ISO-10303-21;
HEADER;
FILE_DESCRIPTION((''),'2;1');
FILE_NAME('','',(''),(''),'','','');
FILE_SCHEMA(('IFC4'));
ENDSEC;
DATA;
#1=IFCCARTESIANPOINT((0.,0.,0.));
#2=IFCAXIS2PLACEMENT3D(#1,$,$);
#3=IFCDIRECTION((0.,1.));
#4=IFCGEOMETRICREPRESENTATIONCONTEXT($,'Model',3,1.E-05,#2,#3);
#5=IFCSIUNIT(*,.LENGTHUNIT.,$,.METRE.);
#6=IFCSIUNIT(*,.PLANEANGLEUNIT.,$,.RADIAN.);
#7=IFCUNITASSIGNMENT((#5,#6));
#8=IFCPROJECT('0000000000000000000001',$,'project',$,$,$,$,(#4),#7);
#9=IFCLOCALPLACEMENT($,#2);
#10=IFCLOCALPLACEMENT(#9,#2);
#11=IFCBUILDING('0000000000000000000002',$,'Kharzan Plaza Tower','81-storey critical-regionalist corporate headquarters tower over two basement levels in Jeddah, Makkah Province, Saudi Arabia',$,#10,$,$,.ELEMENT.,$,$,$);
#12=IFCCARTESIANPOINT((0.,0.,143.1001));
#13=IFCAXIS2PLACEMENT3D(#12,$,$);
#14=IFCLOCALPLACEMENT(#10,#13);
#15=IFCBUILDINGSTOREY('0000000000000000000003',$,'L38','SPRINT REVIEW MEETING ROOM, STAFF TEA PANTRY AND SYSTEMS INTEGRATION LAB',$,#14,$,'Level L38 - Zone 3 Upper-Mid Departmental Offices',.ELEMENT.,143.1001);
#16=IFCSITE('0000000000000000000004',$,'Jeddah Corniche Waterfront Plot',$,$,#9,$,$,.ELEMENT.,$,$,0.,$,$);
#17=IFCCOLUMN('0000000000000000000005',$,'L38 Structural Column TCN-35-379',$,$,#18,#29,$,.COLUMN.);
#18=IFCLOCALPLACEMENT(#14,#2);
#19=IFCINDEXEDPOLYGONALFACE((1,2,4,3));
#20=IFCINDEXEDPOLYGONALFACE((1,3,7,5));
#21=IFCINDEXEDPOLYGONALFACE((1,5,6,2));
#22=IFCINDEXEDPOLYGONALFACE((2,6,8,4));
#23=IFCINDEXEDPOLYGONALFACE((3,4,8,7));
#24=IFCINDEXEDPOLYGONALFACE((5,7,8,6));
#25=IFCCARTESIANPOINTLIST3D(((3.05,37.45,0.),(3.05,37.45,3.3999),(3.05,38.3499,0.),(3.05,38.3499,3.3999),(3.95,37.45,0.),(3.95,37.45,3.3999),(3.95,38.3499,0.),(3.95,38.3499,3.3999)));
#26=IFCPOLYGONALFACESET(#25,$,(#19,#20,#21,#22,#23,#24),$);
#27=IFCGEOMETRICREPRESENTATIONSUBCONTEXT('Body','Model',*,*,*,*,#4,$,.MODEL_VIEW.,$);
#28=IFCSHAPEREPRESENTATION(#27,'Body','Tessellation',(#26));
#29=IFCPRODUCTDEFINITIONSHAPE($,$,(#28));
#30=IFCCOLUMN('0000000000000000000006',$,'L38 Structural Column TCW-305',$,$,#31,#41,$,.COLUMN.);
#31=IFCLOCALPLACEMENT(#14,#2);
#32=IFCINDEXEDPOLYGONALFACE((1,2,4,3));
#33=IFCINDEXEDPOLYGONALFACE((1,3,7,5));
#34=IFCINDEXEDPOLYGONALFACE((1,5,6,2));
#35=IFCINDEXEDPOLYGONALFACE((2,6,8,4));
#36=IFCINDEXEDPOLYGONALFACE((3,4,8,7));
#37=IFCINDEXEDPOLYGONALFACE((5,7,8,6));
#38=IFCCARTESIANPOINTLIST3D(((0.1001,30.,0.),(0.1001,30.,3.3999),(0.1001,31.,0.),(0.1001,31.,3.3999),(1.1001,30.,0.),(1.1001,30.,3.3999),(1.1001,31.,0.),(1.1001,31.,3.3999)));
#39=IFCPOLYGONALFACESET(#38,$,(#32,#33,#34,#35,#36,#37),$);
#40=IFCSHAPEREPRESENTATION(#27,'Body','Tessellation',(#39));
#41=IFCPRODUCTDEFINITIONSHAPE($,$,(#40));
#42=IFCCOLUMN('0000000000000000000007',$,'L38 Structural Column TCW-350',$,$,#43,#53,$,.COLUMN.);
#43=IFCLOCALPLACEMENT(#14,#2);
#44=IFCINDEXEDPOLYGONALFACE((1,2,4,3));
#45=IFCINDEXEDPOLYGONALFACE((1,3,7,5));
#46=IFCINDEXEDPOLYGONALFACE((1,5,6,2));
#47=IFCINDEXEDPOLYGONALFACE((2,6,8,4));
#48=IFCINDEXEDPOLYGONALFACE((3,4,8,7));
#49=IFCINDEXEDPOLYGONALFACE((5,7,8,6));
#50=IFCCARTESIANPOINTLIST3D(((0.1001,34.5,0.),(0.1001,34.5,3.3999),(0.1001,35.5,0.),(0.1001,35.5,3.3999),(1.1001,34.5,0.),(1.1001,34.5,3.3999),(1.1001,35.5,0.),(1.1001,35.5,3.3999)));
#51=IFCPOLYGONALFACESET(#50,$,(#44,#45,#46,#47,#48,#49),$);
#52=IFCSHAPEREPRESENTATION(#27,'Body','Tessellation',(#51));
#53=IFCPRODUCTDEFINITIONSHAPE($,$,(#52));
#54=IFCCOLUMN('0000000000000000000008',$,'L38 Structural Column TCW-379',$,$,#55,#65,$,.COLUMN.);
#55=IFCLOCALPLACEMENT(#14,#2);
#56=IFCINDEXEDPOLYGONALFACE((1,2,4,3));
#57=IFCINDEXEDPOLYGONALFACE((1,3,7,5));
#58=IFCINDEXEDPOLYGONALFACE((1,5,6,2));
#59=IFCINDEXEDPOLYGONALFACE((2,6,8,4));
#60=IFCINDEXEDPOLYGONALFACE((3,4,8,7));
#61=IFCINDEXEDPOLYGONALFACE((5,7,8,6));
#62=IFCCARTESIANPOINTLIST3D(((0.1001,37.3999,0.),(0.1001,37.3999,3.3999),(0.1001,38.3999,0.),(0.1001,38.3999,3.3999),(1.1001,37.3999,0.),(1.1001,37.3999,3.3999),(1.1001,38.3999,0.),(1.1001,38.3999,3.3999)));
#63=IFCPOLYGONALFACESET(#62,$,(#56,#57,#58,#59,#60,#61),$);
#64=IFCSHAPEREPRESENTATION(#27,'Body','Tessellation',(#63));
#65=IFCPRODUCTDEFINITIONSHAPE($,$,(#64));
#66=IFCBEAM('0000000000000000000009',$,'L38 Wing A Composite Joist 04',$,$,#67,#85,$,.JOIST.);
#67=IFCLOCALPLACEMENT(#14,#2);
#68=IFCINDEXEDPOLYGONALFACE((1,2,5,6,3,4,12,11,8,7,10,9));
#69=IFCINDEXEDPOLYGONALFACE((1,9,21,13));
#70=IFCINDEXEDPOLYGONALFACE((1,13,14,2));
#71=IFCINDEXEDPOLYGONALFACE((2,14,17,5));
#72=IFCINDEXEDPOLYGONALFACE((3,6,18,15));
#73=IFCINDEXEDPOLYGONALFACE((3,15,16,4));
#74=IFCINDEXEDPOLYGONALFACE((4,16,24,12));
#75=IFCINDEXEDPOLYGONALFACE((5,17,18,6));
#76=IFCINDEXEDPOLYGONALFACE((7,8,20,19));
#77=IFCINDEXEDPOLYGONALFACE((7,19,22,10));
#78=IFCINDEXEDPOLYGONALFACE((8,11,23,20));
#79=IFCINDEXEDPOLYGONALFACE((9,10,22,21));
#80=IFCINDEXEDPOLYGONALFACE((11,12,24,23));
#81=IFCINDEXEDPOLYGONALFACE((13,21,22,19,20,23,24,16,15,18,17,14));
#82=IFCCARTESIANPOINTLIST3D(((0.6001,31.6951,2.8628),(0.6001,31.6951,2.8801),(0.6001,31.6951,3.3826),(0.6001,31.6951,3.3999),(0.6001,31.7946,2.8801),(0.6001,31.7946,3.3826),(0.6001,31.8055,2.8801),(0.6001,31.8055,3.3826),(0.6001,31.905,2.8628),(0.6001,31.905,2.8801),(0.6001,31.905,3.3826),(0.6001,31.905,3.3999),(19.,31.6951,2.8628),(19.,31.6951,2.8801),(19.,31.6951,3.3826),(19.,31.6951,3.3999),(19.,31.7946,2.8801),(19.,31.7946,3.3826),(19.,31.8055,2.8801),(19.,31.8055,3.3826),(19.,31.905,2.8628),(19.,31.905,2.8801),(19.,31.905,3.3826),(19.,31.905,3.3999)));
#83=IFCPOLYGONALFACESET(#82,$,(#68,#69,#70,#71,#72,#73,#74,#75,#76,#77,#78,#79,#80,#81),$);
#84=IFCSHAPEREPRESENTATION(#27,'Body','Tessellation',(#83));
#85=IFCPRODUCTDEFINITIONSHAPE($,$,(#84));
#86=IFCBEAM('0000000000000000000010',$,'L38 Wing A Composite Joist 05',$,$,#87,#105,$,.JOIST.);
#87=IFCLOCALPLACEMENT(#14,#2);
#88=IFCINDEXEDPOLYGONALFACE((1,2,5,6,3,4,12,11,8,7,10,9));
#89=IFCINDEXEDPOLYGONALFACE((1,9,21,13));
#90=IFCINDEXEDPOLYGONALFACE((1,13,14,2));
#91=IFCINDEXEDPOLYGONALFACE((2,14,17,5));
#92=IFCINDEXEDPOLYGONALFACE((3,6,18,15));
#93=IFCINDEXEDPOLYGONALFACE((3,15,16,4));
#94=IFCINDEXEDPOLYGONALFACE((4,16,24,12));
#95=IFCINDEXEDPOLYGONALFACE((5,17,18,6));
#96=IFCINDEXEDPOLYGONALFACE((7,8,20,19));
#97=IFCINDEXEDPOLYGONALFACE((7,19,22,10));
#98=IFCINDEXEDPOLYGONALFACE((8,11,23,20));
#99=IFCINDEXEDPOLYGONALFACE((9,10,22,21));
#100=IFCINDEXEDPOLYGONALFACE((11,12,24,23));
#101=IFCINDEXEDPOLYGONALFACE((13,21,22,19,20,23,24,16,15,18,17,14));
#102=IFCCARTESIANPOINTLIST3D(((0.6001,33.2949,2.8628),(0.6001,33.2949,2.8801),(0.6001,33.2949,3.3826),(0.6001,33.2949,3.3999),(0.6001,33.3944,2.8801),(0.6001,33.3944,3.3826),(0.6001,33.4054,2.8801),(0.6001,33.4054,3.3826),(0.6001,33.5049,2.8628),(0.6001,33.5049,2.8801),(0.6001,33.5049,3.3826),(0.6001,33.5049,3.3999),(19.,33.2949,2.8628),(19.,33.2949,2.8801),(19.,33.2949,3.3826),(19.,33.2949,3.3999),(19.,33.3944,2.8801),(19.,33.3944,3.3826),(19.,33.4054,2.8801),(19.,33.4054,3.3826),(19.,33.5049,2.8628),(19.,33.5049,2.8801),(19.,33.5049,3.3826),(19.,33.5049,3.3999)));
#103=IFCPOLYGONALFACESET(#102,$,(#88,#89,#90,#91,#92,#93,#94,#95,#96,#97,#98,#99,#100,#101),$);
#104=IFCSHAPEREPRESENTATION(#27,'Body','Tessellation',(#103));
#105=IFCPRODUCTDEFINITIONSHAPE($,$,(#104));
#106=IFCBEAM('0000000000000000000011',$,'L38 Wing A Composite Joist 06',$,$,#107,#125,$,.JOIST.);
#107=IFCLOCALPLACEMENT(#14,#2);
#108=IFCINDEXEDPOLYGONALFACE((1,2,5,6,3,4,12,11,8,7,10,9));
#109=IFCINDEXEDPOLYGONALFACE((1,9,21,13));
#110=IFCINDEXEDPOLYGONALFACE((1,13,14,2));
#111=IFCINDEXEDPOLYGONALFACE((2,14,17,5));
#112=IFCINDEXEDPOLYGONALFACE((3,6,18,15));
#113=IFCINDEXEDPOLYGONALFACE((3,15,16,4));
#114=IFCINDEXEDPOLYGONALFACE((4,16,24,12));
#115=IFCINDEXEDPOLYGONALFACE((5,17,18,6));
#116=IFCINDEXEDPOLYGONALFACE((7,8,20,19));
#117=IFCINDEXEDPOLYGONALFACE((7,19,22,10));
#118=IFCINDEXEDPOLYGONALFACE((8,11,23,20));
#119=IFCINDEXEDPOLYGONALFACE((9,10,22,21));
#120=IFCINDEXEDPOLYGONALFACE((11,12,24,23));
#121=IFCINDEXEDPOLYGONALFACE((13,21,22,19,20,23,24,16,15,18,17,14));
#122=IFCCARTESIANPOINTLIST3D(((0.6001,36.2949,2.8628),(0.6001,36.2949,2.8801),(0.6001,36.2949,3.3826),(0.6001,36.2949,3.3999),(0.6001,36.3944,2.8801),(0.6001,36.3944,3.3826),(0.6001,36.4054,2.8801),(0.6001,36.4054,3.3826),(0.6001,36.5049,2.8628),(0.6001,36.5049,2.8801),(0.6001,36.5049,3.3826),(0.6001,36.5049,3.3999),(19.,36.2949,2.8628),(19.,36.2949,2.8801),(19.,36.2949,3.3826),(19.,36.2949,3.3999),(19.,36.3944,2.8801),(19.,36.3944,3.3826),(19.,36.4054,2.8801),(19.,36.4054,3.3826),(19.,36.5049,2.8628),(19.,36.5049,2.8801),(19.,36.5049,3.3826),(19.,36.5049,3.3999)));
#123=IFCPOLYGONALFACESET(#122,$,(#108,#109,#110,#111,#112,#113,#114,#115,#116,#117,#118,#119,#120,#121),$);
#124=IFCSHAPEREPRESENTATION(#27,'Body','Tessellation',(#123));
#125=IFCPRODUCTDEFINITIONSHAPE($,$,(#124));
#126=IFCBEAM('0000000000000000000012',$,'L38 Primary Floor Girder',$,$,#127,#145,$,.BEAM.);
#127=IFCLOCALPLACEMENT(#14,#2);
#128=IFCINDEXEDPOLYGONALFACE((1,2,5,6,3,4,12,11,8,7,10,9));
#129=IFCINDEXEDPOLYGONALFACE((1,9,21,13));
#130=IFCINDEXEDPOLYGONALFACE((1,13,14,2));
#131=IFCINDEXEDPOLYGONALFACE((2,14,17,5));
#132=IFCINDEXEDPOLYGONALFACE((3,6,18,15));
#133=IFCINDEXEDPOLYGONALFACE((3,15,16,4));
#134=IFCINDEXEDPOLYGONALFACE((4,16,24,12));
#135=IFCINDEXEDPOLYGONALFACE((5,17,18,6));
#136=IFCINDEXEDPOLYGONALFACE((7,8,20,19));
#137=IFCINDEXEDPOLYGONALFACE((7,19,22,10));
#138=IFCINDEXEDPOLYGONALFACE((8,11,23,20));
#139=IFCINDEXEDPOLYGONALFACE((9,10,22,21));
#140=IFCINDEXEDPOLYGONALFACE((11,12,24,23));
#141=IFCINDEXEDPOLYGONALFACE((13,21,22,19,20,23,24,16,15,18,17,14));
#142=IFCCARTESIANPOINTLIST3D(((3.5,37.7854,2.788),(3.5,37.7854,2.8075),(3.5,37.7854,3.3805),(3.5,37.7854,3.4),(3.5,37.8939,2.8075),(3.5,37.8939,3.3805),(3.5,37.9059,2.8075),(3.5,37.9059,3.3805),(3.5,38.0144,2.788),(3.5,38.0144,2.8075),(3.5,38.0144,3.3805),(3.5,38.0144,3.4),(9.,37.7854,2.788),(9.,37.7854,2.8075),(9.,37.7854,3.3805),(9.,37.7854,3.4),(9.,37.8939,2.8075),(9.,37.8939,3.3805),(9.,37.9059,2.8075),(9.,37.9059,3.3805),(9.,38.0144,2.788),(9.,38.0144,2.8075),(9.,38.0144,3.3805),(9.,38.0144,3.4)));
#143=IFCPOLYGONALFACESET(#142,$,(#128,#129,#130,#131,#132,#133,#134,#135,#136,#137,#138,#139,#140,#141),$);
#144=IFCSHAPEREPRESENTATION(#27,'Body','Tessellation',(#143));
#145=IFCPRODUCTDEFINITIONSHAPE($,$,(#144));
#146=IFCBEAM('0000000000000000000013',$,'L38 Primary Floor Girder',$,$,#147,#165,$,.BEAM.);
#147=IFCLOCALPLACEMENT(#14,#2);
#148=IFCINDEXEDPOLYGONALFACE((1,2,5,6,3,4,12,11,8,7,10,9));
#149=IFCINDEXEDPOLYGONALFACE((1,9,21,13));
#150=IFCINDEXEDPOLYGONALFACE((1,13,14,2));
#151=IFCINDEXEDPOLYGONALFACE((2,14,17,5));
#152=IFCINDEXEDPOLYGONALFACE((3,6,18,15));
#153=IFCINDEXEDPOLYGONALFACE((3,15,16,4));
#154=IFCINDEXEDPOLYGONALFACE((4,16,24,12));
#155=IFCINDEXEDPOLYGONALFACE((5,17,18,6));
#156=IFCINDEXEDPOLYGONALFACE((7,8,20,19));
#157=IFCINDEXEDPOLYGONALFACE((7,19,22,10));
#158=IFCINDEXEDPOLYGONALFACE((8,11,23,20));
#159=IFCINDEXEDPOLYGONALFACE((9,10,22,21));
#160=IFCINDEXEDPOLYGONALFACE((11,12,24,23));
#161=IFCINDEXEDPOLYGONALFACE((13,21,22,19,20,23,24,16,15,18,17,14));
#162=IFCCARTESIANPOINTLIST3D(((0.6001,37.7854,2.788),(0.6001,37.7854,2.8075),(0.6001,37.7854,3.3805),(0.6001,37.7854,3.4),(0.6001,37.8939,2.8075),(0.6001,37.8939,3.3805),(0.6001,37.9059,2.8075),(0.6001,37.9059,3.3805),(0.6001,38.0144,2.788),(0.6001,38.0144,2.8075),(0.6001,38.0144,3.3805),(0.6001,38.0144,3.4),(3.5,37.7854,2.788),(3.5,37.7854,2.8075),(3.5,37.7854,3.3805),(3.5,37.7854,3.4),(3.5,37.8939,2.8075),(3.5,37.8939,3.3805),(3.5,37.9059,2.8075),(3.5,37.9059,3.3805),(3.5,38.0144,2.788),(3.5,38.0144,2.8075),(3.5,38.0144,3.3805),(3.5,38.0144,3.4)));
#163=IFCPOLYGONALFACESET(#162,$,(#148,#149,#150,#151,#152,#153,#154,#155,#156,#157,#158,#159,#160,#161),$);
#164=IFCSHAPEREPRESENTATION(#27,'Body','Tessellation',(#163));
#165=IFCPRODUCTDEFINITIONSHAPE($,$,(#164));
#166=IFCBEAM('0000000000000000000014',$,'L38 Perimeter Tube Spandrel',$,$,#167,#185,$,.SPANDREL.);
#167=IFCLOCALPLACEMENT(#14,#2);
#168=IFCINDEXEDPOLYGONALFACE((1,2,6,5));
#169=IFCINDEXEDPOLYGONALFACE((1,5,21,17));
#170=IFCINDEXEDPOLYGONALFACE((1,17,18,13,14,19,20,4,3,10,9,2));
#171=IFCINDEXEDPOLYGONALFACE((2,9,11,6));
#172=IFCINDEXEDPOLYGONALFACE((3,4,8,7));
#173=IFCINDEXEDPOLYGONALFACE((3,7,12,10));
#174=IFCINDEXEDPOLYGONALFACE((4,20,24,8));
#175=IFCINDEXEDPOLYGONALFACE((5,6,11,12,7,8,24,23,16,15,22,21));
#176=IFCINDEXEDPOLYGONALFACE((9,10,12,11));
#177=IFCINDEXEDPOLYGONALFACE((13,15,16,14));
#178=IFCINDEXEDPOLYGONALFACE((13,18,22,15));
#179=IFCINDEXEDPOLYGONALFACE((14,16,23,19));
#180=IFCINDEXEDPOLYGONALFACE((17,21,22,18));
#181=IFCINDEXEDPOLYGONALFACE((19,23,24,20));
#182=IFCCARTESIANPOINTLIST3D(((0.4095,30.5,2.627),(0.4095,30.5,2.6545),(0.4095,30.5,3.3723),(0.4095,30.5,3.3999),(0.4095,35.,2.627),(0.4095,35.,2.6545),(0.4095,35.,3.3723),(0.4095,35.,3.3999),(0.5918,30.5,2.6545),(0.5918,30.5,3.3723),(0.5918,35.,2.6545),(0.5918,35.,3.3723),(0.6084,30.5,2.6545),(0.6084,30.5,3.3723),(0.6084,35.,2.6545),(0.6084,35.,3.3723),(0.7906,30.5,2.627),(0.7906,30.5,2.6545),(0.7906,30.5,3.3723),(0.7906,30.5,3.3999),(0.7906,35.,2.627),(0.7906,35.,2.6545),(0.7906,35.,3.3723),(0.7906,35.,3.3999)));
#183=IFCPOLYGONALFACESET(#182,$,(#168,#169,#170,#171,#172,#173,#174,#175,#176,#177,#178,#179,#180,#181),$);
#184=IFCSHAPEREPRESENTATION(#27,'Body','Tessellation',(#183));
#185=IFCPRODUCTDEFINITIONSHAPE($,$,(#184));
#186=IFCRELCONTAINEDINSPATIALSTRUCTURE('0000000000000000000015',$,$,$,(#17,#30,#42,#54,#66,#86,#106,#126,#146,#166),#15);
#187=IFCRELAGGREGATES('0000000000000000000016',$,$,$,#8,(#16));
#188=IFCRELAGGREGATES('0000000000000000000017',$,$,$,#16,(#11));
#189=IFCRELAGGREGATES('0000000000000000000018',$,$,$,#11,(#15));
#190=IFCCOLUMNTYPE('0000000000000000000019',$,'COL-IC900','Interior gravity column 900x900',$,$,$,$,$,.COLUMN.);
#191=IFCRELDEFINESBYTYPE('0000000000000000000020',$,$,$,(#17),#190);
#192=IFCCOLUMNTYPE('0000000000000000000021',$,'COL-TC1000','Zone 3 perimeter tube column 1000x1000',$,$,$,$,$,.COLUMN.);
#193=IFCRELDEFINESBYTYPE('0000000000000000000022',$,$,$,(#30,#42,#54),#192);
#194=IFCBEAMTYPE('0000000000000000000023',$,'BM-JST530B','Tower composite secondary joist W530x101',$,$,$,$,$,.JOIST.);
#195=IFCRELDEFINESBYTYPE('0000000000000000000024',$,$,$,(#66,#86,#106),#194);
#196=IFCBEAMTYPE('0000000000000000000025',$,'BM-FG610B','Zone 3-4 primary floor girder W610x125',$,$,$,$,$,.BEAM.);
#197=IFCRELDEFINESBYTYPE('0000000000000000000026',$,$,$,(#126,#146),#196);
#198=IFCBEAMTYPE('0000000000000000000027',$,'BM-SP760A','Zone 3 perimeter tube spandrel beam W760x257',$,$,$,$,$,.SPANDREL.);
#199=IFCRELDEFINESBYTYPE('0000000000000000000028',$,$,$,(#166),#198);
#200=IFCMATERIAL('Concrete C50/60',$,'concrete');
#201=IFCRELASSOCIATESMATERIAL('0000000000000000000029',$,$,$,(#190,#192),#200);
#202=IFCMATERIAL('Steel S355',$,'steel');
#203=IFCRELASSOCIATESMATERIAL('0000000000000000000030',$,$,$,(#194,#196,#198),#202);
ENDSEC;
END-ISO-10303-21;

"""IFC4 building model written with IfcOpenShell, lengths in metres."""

from ifc_helpers import new_model, si_unit, direction, frame, origin, origin_2d, place, context, subcontext, project, spatial, rectangle, i_section, extrude, source, transform, mapped, material, material_profile, profile_set, type_object, element, save


model = new_model("IFC4")

# Units and contexts
model_context = context("Model", 3, precision=1e-05, world=origin(), true_north=direction((0.0, 1.0)))
body_context = subcontext(model_context, "Body", "Model", "MODEL_VIEW")
ifc_project = project(units=[si_unit("LENGTHUNIT", "METRE"), si_unit("PLANEANGLEUNIT", "RADIAN")], contexts=[model_context])

# Site, building, storey
site_placement = place(None, origin())
site = spatial("IfcSite", under=ifc_project, at=site_placement, Name="Jeddah Corniche Waterfront Plot", CompositionType="ELEMENT", RefElevation=0.0)
building_placement = place(site_placement, origin())
building = spatial("IfcBuilding", under=site, at=building_placement, Name="Kharzan Plaza Tower", Description="81-storey critical-regionalist corporate headquarters tower over two basement levels in Jeddah, Makkah Province, Saudi Arabia", CompositionType="ELEMENT")
storey_placement = place(building_placement, frame((0.0, 0.0, 143.1001)))
storey = spatial("IfcBuildingStorey", under=building, at=storey_placement, Name="L38", Description="SPRINT REVIEW MEETING ROOM, STAFF TEA PANTRY AND SYSTEMS INTEGRATION LAB", LongName="Level L38 - Zone 3 Upper-Mid Departmental Offices", CompositionType="ELEMENT", Elevation=143.1001)

# Columns
ifc_material_1 = material(Name="Concrete C50/60", Category="concrete")
ifc_material_profile_1 = material_profile(ifc_material_1, rectangle(XDim=0.8999, YDim=0.8999, at=origin_2d()), Name="RC-IC900x900")
ifc_profile_set_1 = profile_set([ifc_material_profile_1], Name="Concrete C50/60")
column_type_1 = type_object("IfcColumnType", Name="COL-IC900", Description="Interior gravity column 900x900", PredefinedType="COLUMN", material=ifc_profile_set_1)
shared_shape_1 = source(origin(), body_context, "Body", "SweptSolid", [
    extrude(rectangle(XDim=0.8999, YDim=0.8999, at=origin_2d()), origin(), (0.0, 0.0, 1.0), 3.3999),
])
column_placement = place(storey_placement, frame((3.5, 37.8999, 0.0), z_axis=(0.0, 0.0, 1.0), x_axis=(1.0, 0.0, 0.0)))
element("IfcColumn", 1, at=column_placement, inside=storey, type_object=column_type_1, Name="L38 Structural Column TCN-35-379", PredefinedType="COLUMN", context=body_context, shape_type="MappedRepresentation", body=[
    mapped(shared_shape_1, transform((0.0, 0.0, 0.0), x_axis=(1.0, 0.0, 0.0), y_axis=(0.0, 1.0, 0.0), z_axis=(0.0, 0.0, 1.0))),
])
ifc_material_profile_2 = material_profile(ifc_material_1, rectangle(XDim=1.0, YDim=1.0, at=origin_2d()), Name="RC-TC1000x1000")
ifc_profile_set_2 = profile_set([ifc_material_profile_2], Name="Concrete C50/60")
column_type_2 = type_object("IfcColumnType", Name="COL-TC1000", Description="Zone 3 perimeter tube column 1000x1000", PredefinedType="COLUMN", material=ifc_profile_set_2)
shared_shape_2 = source(origin(), body_context, "Body", "SweptSolid", [
    extrude(rectangle(XDim=1.0, YDim=1.0, at=origin_2d()), origin(), (0.0, 0.0, 1.0), 3.3999),
])
for number, where, z_axis, x_axis, name in (
    (2, (0.6001, 30.5, 0.0), (0.0, 0.0, 1.0), (1.0, 0.0, 0.0), "L38 Structural Column TCW-305"),
    (3, (0.6001, 35.0, 0.0), (0.0, 0.0, 1.0), (1.0, 0.0, 0.0), "L38 Structural Column TCW-350"),
    (4, (0.6001, 37.8999, 0.0), (0.0, 0.0, 1.0), (1.0, 0.0, 0.0), "L38 Structural Column TCW-379"),
):
    element("IfcColumn", number, at=place(storey_placement, frame(where, z_axis=z_axis, x_axis=x_axis)), inside=storey, type_object=column_type_2, Name=name, PredefinedType="COLUMN", context=body_context, shape_type="MappedRepresentation", body=[
        mapped(shared_shape_2, transform((0.0, 0.0, 0.0), x_axis=(1.0, 0.0, 0.0), y_axis=(0.0, 1.0, 0.0), z_axis=(0.0, 0.0, 1.0))),
    ])

# Beams
ifc_material_2 = material(Name="Steel S355", Category="steel")
ifc_material_profile_3 = material_profile(ifc_material_2, i_section(OverallWidth=0.21, OverallDepth=0.5371, WebThickness=0.011, FlangeThickness=0.0173, at=origin_2d()), Name="W530x101")
ifc_profile_set_3 = profile_set([ifc_material_profile_3], Name="Steel S355")
beam_type_1 = type_object("IfcBeamType", Name="BM-JST530B", Description="Tower composite secondary joist W530x101", PredefinedType="JOIST", material=ifc_profile_set_3)
shared_shape_3 = source(origin(), body_context, "Body", "SweptSolid", [
    extrude(i_section(OverallWidth=0.21, OverallDepth=0.5371, WebThickness=0.011, FlangeThickness=0.0173, at=origin_2d()), origin(), (0.0, 0.0, 1.0), 18.3999),
])
for number, where, z_axis, x_axis, name in (
    (5, (0.6001, 31.8, 3.1313), (1.0, 0.0, 0.0), (0.0, 1.0, 0.0), "L38 Wing A Composite Joist 04"),
    (6, (0.6001, 33.3999, 3.1313), (1.0, 0.0, 0.0), (0.0, 1.0, 0.0), "L38 Wing A Composite Joist 05"),
    (7, (0.6001, 36.3999, 3.1313), (1.0, 0.0, 0.0), (0.0, 1.0, 0.0), "L38 Wing A Composite Joist 06"),
):
    element("IfcBeam", number, at=place(storey_placement, frame(where, z_axis=z_axis, x_axis=x_axis)), inside=storey, type_object=beam_type_1, Name=name, PredefinedType="JOIST", context=body_context, shape_type="MappedRepresentation", body=[
        mapped(shared_shape_3, transform((0.0, 0.0, 0.0), x_axis=(1.0, 0.0, 0.0), y_axis=(0.0, 1.0, 0.0), z_axis=(0.0, 0.0, 1.0))),
    ])
ifc_material_profile_4 = material_profile(ifc_material_2, i_section(OverallWidth=0.229, OverallDepth=0.6121, WebThickness=0.012, FlangeThickness=0.0195, at=origin_2d()), Name="W610x125")
ifc_profile_set_4 = profile_set([ifc_material_profile_4], Name="Steel S355")
beam_type_2 = type_object("IfcBeamType", Name="BM-FG610B", Description="Zone 3-4 primary floor girder W610x125", PredefinedType="BEAM", material=ifc_profile_set_4)
shared_shape_4 = source(origin(), body_context, "Body", "SweptSolid", [
    extrude(i_section(OverallWidth=0.229, OverallDepth=0.6121, WebThickness=0.012, FlangeThickness=0.0195, at=origin_2d()), origin(), (0.0, 0.0, 1.0), 5.5),
])
beam_1_placement = place(storey_placement, frame((3.5, 37.8999, 3.094), z_axis=(1.0, 0.0, 0.0), x_axis=(0.0, 1.0, 0.0)))
element("IfcBeam", 8, at=beam_1_placement, inside=storey, type_object=beam_type_2, Name="L38 Primary Floor Girder", PredefinedType="BEAM", context=body_context, shape_type="MappedRepresentation", body=[
    mapped(shared_shape_4, transform((0.0, 0.0, 0.0), x_axis=(1.0, 0.0, 0.0), y_axis=(0.0, 1.0, 0.0), z_axis=(0.0, 0.0, 1.0))),
])
shared_shape_5 = source(origin(), body_context, "Body", "SweptSolid", [
    extrude(i_section(OverallWidth=0.229, OverallDepth=0.6121, WebThickness=0.012, FlangeThickness=0.0195, at=origin_2d()), origin(), (0.0, 0.0, 1.0), 2.8999),
])
beam_2_placement = place(storey_placement, frame((0.6001, 37.8999, 3.094), z_axis=(1.0, 0.0, 0.0), x_axis=(0.0, 1.0, 0.0)))
element("IfcBeam", 9, at=beam_2_placement, inside=storey, type_object=beam_type_2, Name="L38 Primary Floor Girder", PredefinedType="BEAM", context=body_context, shape_type="MappedRepresentation", body=[
    mapped(shared_shape_5, transform((0.0, 0.0, 0.0), x_axis=(1.0, 0.0, 0.0), y_axis=(0.0, 1.0, 0.0), z_axis=(0.0, 0.0, 1.0))),
])
ifc_material_profile_5 = material_profile(ifc_material_2, i_section(OverallWidth=0.3811, OverallDepth=0.7729, WebThickness=0.0166, FlangeThickness=0.0276, at=origin_2d()), Name="W760x257")
ifc_profile_set_5 = profile_set([ifc_material_profile_5], Name="Steel S355")
beam_type_3 = type_object("IfcBeamType", Name="BM-SP760A", Description="Zone 3 perimeter tube spandrel beam W760x257", PredefinedType="SPANDREL", material=ifc_profile_set_5)
shared_shape_6 = source(origin(), body_context, "Body", "SweptSolid", [
    extrude(i_section(OverallWidth=0.3811, OverallDepth=0.7729, WebThickness=0.0166, FlangeThickness=0.0276, at=origin_2d()), origin(), (0.0, 0.0, 1.0), 4.5),
])
beam_3_placement = place(storey_placement, frame((0.6001, 30.5, 3.0134), z_axis=(0.0, 1.0, 0.0), x_axis=(-1.0, 0.0, 0.0)))
element("IfcBeam", 10, at=beam_3_placement, inside=storey, type_object=beam_type_3, Name="L38 Perimeter Tube Spandrel", PredefinedType="SPANDREL", context=body_context, shape_type="MappedRepresentation", body=[
    mapped(shared_shape_6, transform((0.0, 0.0, 0.0), x_axis=(1.0, 0.0, 0.0), y_axis=(0.0, 1.0, 0.0), z_axis=(0.0, 0.0, 1.0))),
])

save(model, "model.ifc")
